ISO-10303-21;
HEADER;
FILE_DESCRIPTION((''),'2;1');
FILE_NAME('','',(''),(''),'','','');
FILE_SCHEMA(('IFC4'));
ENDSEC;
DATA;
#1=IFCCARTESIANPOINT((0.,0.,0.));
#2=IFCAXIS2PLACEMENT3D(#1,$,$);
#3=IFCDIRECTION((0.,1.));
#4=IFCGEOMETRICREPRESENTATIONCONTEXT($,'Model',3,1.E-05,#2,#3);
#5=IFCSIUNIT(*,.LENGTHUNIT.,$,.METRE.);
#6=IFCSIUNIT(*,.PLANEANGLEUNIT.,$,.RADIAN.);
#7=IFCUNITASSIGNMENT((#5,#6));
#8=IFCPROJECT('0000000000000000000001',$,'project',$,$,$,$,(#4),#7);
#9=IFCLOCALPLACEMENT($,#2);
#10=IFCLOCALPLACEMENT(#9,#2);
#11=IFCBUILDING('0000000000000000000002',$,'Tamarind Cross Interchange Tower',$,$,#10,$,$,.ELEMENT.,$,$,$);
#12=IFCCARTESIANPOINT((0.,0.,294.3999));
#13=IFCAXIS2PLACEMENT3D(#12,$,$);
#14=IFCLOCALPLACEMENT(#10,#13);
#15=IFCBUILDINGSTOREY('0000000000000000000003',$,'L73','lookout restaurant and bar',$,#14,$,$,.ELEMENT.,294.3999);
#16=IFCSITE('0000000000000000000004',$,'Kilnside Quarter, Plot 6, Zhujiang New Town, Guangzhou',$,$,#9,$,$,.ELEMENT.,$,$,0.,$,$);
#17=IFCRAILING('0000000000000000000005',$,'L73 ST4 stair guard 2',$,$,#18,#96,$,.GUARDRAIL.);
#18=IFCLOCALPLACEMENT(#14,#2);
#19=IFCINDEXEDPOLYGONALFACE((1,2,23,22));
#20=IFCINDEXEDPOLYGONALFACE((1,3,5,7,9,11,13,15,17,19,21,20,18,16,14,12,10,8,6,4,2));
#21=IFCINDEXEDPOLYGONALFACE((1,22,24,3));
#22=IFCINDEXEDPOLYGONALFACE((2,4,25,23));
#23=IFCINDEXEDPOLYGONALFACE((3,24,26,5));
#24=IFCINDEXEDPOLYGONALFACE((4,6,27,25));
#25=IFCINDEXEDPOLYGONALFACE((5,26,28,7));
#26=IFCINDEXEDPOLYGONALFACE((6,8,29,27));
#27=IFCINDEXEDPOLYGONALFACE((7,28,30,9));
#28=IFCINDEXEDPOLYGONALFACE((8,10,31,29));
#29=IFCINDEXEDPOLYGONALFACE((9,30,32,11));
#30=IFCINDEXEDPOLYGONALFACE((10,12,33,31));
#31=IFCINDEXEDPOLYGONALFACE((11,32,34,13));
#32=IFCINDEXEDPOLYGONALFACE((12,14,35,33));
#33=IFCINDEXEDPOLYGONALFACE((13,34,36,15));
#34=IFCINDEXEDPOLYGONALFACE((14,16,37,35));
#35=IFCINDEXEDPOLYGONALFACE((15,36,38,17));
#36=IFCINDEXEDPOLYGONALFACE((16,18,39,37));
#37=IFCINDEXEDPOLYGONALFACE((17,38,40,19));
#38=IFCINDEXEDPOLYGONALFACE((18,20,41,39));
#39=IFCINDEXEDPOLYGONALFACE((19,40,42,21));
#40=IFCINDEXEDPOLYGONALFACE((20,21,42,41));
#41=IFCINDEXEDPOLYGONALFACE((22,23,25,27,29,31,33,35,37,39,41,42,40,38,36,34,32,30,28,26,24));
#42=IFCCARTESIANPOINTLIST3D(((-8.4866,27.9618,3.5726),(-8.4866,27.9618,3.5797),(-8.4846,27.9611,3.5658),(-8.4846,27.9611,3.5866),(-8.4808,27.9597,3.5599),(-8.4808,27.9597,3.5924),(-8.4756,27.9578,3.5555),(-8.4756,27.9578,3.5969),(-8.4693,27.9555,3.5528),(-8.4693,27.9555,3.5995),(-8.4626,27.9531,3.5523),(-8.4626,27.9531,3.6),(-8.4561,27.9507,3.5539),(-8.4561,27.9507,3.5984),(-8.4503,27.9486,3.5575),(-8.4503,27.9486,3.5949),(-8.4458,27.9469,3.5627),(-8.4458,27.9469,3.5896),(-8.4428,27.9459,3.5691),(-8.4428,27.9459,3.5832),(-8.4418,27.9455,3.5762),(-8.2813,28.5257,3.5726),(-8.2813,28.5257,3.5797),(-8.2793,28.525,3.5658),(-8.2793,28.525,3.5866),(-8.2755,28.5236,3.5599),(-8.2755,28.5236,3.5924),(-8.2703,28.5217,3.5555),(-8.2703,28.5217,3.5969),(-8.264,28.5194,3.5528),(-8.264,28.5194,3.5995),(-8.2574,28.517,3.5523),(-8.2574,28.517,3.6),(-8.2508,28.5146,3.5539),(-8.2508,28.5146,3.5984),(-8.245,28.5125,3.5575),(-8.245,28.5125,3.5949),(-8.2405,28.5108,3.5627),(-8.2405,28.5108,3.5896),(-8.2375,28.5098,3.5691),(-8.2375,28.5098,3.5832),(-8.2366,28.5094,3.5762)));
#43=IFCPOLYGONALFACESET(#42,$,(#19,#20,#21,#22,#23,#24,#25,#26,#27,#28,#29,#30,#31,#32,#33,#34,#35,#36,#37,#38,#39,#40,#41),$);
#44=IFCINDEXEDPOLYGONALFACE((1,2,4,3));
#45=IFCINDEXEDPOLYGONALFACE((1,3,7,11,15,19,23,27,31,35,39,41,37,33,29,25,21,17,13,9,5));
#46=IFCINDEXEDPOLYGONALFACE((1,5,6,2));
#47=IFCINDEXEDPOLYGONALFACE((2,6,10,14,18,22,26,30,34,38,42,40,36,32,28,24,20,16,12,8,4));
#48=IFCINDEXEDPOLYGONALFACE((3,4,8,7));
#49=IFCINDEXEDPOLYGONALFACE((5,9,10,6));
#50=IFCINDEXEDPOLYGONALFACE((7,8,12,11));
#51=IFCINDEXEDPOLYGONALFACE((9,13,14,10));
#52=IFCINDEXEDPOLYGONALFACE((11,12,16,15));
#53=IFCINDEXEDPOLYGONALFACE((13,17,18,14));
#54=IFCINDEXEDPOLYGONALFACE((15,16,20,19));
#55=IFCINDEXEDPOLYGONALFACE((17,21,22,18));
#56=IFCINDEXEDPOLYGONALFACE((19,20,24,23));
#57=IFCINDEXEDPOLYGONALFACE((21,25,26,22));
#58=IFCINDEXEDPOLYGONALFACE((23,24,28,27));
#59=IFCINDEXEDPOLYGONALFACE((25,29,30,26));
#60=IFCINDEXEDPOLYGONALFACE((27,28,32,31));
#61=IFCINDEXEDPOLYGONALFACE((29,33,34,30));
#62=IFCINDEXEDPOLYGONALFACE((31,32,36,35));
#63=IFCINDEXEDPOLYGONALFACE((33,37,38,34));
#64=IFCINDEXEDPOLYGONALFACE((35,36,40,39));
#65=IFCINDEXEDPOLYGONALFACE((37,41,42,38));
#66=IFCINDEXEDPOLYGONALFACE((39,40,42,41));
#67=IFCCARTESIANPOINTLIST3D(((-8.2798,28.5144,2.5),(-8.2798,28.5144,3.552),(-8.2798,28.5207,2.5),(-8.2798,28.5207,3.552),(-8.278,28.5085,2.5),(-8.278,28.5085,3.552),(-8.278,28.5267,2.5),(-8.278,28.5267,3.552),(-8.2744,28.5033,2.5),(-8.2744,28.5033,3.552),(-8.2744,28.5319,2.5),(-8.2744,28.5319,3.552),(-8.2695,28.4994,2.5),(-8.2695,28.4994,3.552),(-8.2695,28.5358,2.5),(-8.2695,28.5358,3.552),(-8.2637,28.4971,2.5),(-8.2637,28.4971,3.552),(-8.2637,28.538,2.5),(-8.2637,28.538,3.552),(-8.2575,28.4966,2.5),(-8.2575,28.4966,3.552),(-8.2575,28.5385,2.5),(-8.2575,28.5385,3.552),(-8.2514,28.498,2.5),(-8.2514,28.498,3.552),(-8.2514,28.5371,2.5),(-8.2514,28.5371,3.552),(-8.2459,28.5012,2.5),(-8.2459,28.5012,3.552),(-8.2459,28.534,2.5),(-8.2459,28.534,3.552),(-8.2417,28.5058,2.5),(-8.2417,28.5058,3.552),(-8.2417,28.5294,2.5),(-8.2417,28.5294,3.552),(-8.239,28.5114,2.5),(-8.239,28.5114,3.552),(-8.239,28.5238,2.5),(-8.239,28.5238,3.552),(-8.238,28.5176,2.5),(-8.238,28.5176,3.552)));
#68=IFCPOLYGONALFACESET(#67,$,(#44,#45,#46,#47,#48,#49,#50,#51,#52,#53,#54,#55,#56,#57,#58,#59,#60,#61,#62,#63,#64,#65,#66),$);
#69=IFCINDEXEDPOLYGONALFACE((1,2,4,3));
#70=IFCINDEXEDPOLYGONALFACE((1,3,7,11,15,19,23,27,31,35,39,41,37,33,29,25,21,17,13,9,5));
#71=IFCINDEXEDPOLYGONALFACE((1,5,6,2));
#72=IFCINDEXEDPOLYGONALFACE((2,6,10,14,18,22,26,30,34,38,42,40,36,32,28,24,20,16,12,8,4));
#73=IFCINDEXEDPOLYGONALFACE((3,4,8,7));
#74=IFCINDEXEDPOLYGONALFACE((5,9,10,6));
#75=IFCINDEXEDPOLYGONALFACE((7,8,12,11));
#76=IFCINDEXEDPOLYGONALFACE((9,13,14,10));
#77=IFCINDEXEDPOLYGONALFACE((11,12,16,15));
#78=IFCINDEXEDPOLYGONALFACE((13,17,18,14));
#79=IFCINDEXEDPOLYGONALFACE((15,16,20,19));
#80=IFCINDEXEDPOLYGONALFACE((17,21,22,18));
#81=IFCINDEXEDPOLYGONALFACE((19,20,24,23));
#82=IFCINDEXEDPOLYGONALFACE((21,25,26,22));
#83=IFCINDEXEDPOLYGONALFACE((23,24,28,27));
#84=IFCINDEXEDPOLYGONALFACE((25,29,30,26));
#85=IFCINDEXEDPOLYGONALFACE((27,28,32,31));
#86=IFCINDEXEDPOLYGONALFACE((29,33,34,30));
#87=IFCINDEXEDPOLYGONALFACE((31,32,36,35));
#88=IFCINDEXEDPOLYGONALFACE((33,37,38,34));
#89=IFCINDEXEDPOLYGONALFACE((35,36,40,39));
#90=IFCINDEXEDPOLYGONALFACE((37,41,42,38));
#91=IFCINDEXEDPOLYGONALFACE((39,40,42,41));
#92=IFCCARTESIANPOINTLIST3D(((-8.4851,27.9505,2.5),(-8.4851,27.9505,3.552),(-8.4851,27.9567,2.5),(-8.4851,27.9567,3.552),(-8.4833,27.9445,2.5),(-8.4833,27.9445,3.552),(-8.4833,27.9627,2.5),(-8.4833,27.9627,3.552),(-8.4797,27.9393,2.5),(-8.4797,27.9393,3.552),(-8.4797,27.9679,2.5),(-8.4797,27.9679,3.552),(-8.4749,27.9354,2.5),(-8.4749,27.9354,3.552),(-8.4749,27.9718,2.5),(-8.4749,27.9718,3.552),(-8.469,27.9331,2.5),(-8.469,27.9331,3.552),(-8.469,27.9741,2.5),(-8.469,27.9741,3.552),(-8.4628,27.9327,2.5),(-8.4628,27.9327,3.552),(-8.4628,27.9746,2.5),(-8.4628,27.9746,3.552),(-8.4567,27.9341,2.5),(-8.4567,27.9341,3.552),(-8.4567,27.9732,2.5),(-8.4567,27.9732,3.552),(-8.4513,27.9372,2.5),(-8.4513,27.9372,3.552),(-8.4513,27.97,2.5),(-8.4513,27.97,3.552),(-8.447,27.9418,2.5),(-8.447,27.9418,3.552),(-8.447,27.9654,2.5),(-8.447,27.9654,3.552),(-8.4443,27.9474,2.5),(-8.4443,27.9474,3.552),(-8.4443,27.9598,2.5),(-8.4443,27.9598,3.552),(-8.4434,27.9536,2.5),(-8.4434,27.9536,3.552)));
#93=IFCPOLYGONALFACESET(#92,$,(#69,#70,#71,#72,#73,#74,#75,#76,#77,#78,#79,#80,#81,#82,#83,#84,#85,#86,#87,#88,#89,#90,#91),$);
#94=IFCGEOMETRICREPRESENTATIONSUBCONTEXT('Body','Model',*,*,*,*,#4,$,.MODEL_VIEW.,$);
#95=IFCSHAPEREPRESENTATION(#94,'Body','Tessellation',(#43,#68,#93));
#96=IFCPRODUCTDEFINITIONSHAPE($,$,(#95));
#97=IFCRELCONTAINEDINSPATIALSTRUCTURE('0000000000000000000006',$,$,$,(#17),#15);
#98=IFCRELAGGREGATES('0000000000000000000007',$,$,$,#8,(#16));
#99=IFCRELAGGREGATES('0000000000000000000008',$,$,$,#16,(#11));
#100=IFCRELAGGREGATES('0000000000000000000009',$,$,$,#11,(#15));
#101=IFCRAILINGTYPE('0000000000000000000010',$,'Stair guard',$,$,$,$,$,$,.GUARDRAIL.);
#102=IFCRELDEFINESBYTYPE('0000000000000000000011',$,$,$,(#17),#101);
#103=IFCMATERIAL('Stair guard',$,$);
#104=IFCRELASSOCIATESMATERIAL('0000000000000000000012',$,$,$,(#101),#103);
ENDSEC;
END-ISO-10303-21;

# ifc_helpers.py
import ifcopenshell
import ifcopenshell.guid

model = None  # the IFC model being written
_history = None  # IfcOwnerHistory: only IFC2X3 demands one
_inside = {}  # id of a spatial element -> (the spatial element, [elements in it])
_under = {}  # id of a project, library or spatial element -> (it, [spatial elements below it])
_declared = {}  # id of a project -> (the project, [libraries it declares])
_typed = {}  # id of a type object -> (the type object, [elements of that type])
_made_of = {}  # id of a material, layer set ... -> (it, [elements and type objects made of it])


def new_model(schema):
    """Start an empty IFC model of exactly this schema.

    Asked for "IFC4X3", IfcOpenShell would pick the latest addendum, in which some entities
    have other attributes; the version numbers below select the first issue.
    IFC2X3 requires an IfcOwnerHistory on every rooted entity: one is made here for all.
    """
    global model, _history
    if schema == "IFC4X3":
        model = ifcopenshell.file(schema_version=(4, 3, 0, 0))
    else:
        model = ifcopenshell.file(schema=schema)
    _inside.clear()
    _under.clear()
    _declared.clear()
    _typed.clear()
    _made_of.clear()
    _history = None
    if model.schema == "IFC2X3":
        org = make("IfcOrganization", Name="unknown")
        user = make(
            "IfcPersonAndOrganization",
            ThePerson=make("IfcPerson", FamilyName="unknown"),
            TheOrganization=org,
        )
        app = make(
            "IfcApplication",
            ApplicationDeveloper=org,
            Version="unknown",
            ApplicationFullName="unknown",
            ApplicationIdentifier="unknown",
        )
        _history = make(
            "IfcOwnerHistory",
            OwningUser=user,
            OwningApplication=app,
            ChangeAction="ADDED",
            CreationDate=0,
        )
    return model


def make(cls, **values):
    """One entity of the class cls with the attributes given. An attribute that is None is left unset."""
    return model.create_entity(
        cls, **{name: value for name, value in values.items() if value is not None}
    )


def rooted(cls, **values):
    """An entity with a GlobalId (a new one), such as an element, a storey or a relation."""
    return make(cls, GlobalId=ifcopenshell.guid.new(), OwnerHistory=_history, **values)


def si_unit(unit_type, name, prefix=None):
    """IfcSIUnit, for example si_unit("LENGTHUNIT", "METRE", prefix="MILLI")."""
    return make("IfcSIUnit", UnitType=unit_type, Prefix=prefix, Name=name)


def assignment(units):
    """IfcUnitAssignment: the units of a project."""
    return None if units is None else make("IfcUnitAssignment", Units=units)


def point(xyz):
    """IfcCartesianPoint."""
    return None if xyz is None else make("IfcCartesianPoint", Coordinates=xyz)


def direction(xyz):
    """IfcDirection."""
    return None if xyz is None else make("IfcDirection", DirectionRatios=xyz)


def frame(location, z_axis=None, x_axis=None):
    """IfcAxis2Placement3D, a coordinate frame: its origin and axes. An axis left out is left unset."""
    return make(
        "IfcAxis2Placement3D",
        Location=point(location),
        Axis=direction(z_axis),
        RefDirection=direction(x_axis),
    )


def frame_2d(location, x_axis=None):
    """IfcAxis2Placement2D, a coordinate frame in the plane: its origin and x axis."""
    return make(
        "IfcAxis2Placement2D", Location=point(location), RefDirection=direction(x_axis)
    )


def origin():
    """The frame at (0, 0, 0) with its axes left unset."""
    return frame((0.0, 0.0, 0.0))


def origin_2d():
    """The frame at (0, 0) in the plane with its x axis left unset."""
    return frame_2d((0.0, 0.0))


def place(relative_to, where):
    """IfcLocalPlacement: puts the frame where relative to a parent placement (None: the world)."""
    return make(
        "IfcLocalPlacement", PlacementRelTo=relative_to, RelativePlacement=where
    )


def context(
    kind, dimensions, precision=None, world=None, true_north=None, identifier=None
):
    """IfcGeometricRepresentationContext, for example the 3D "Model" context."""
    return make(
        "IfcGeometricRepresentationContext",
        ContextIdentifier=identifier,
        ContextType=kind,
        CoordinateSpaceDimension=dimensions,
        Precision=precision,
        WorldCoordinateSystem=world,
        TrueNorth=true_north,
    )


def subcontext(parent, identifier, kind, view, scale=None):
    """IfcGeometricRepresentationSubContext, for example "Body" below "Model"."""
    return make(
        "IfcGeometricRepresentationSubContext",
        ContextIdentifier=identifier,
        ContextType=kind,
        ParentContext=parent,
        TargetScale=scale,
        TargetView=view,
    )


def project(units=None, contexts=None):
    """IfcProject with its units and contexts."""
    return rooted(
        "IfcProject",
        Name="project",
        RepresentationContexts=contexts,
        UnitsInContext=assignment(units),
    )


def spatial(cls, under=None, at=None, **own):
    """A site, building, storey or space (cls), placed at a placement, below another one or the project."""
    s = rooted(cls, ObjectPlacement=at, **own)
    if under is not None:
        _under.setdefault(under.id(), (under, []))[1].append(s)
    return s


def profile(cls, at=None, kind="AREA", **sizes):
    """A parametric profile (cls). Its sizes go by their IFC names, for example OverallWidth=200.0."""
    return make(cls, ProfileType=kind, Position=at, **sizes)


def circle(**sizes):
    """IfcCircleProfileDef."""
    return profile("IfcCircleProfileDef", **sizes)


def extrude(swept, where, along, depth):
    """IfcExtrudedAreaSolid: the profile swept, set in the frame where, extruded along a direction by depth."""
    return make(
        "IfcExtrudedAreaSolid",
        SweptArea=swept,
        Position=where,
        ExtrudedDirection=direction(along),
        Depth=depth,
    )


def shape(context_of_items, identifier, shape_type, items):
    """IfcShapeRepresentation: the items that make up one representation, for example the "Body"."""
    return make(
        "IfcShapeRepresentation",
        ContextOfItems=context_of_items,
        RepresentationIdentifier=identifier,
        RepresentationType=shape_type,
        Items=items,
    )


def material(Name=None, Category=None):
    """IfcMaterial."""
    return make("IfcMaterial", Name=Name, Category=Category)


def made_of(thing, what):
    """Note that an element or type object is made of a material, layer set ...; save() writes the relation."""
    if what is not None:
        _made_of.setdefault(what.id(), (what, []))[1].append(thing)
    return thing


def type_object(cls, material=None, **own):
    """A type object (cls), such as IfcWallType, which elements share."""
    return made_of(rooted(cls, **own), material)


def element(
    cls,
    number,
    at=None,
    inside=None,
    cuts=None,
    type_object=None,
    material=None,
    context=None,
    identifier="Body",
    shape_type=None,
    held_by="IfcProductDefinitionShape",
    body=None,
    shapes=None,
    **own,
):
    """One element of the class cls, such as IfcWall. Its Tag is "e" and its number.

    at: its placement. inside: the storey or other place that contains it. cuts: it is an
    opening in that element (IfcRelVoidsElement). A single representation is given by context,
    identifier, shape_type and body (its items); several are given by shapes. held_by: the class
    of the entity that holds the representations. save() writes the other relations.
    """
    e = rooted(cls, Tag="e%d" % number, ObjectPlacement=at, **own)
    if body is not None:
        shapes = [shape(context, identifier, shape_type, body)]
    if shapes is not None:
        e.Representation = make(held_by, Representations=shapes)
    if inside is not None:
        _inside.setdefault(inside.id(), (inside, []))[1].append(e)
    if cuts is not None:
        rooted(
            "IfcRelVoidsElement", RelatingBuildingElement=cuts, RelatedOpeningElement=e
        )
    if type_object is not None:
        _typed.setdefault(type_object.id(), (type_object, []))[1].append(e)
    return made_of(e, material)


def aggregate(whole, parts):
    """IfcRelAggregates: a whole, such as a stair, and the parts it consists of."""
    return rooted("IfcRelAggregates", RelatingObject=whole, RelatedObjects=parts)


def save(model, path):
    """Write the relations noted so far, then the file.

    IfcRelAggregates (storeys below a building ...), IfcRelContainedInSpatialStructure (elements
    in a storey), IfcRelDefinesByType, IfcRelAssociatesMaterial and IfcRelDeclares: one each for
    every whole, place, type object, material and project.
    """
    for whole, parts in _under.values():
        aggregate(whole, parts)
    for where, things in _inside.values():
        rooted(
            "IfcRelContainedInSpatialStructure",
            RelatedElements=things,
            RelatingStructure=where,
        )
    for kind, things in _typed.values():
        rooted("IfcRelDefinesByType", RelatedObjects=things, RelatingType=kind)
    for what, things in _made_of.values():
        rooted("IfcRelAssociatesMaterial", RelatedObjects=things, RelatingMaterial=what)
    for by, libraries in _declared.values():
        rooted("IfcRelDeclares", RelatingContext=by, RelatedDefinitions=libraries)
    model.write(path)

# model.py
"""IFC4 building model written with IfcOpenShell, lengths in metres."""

from ifc_helpers import new_model, si_unit, direction, frame, origin, origin_2d, place, context, subcontext, project, spatial, circle, extrude, material, type_object, element, save


model = new_model("IFC4")

# Units and contexts
model_context = context("Model", 3, precision=1e-05, world=origin(), true_north=direction((0.0, 1.0)))
body_context = subcontext(model_context, "Body", "Model", "MODEL_VIEW")
ifc_project = project(units=[si_unit("LENGTHUNIT", "METRE"), si_unit("PLANEANGLEUNIT", "RADIAN")], contexts=[model_context])

# Site, building, storey
site_placement = place(None, origin())
site = spatial("IfcSite", under=ifc_project, at=site_placement, Name="Kilnside Quarter, Plot 6, Zhujiang New Town, Guangzhou", CompositionType="ELEMENT", RefElevation=0.0)
building_placement = place(site_placement, origin())
building = spatial("IfcBuilding", under=site, at=building_placement, Name="Tamarind Cross Interchange Tower", CompositionType="ELEMENT")
storey_placement = place(building_placement, frame((0.0, 0.0, 294.3999)))
storey = spatial("IfcBuildingStorey", under=building, at=storey_placement, Name="L73", Description="lookout restaurant and bar", CompositionType="ELEMENT", Elevation=294.3999)

# Railing
ifc_material_1 = material(Name="Stair guard")
railing_type_1 = type_object("IfcRailingType", Name="Stair guard", PredefinedType="GUARDRAIL", material=ifc_material_1)
railing_1_placement = place(storey_placement, frame((-8.259, 28.5176, 2.5)))
element("IfcRailing", 1, at=railing_1_placement, inside=storey, type_object=railing_type_1, Name="L73 ST4 stair guard 2", PredefinedType="GUARDRAIL", context=body_context, shape_type="SweptSolid", body=[
    extrude(circle(Radius=0.0239, at=origin_2d()), frame((0.0, 0.0, 1.0762), z_axis=(-0.342102, -0.939663, 0.0), x_axis=(0.939663, -0.342102, 0.0)), (0.0, 0.0, 1.0), 0.6001),
    extrude(circle(Radius=0.021, at=origin_2d()), origin(), (0.0, 0.0, 1.0), 1.052),
    extrude(circle(Radius=0.021, at=origin_2d()), frame((-0.2053, -0.564, 0.0)), (0.0, 0.0, 1.0), 1.052),
])

save(model, "model.ifc")
